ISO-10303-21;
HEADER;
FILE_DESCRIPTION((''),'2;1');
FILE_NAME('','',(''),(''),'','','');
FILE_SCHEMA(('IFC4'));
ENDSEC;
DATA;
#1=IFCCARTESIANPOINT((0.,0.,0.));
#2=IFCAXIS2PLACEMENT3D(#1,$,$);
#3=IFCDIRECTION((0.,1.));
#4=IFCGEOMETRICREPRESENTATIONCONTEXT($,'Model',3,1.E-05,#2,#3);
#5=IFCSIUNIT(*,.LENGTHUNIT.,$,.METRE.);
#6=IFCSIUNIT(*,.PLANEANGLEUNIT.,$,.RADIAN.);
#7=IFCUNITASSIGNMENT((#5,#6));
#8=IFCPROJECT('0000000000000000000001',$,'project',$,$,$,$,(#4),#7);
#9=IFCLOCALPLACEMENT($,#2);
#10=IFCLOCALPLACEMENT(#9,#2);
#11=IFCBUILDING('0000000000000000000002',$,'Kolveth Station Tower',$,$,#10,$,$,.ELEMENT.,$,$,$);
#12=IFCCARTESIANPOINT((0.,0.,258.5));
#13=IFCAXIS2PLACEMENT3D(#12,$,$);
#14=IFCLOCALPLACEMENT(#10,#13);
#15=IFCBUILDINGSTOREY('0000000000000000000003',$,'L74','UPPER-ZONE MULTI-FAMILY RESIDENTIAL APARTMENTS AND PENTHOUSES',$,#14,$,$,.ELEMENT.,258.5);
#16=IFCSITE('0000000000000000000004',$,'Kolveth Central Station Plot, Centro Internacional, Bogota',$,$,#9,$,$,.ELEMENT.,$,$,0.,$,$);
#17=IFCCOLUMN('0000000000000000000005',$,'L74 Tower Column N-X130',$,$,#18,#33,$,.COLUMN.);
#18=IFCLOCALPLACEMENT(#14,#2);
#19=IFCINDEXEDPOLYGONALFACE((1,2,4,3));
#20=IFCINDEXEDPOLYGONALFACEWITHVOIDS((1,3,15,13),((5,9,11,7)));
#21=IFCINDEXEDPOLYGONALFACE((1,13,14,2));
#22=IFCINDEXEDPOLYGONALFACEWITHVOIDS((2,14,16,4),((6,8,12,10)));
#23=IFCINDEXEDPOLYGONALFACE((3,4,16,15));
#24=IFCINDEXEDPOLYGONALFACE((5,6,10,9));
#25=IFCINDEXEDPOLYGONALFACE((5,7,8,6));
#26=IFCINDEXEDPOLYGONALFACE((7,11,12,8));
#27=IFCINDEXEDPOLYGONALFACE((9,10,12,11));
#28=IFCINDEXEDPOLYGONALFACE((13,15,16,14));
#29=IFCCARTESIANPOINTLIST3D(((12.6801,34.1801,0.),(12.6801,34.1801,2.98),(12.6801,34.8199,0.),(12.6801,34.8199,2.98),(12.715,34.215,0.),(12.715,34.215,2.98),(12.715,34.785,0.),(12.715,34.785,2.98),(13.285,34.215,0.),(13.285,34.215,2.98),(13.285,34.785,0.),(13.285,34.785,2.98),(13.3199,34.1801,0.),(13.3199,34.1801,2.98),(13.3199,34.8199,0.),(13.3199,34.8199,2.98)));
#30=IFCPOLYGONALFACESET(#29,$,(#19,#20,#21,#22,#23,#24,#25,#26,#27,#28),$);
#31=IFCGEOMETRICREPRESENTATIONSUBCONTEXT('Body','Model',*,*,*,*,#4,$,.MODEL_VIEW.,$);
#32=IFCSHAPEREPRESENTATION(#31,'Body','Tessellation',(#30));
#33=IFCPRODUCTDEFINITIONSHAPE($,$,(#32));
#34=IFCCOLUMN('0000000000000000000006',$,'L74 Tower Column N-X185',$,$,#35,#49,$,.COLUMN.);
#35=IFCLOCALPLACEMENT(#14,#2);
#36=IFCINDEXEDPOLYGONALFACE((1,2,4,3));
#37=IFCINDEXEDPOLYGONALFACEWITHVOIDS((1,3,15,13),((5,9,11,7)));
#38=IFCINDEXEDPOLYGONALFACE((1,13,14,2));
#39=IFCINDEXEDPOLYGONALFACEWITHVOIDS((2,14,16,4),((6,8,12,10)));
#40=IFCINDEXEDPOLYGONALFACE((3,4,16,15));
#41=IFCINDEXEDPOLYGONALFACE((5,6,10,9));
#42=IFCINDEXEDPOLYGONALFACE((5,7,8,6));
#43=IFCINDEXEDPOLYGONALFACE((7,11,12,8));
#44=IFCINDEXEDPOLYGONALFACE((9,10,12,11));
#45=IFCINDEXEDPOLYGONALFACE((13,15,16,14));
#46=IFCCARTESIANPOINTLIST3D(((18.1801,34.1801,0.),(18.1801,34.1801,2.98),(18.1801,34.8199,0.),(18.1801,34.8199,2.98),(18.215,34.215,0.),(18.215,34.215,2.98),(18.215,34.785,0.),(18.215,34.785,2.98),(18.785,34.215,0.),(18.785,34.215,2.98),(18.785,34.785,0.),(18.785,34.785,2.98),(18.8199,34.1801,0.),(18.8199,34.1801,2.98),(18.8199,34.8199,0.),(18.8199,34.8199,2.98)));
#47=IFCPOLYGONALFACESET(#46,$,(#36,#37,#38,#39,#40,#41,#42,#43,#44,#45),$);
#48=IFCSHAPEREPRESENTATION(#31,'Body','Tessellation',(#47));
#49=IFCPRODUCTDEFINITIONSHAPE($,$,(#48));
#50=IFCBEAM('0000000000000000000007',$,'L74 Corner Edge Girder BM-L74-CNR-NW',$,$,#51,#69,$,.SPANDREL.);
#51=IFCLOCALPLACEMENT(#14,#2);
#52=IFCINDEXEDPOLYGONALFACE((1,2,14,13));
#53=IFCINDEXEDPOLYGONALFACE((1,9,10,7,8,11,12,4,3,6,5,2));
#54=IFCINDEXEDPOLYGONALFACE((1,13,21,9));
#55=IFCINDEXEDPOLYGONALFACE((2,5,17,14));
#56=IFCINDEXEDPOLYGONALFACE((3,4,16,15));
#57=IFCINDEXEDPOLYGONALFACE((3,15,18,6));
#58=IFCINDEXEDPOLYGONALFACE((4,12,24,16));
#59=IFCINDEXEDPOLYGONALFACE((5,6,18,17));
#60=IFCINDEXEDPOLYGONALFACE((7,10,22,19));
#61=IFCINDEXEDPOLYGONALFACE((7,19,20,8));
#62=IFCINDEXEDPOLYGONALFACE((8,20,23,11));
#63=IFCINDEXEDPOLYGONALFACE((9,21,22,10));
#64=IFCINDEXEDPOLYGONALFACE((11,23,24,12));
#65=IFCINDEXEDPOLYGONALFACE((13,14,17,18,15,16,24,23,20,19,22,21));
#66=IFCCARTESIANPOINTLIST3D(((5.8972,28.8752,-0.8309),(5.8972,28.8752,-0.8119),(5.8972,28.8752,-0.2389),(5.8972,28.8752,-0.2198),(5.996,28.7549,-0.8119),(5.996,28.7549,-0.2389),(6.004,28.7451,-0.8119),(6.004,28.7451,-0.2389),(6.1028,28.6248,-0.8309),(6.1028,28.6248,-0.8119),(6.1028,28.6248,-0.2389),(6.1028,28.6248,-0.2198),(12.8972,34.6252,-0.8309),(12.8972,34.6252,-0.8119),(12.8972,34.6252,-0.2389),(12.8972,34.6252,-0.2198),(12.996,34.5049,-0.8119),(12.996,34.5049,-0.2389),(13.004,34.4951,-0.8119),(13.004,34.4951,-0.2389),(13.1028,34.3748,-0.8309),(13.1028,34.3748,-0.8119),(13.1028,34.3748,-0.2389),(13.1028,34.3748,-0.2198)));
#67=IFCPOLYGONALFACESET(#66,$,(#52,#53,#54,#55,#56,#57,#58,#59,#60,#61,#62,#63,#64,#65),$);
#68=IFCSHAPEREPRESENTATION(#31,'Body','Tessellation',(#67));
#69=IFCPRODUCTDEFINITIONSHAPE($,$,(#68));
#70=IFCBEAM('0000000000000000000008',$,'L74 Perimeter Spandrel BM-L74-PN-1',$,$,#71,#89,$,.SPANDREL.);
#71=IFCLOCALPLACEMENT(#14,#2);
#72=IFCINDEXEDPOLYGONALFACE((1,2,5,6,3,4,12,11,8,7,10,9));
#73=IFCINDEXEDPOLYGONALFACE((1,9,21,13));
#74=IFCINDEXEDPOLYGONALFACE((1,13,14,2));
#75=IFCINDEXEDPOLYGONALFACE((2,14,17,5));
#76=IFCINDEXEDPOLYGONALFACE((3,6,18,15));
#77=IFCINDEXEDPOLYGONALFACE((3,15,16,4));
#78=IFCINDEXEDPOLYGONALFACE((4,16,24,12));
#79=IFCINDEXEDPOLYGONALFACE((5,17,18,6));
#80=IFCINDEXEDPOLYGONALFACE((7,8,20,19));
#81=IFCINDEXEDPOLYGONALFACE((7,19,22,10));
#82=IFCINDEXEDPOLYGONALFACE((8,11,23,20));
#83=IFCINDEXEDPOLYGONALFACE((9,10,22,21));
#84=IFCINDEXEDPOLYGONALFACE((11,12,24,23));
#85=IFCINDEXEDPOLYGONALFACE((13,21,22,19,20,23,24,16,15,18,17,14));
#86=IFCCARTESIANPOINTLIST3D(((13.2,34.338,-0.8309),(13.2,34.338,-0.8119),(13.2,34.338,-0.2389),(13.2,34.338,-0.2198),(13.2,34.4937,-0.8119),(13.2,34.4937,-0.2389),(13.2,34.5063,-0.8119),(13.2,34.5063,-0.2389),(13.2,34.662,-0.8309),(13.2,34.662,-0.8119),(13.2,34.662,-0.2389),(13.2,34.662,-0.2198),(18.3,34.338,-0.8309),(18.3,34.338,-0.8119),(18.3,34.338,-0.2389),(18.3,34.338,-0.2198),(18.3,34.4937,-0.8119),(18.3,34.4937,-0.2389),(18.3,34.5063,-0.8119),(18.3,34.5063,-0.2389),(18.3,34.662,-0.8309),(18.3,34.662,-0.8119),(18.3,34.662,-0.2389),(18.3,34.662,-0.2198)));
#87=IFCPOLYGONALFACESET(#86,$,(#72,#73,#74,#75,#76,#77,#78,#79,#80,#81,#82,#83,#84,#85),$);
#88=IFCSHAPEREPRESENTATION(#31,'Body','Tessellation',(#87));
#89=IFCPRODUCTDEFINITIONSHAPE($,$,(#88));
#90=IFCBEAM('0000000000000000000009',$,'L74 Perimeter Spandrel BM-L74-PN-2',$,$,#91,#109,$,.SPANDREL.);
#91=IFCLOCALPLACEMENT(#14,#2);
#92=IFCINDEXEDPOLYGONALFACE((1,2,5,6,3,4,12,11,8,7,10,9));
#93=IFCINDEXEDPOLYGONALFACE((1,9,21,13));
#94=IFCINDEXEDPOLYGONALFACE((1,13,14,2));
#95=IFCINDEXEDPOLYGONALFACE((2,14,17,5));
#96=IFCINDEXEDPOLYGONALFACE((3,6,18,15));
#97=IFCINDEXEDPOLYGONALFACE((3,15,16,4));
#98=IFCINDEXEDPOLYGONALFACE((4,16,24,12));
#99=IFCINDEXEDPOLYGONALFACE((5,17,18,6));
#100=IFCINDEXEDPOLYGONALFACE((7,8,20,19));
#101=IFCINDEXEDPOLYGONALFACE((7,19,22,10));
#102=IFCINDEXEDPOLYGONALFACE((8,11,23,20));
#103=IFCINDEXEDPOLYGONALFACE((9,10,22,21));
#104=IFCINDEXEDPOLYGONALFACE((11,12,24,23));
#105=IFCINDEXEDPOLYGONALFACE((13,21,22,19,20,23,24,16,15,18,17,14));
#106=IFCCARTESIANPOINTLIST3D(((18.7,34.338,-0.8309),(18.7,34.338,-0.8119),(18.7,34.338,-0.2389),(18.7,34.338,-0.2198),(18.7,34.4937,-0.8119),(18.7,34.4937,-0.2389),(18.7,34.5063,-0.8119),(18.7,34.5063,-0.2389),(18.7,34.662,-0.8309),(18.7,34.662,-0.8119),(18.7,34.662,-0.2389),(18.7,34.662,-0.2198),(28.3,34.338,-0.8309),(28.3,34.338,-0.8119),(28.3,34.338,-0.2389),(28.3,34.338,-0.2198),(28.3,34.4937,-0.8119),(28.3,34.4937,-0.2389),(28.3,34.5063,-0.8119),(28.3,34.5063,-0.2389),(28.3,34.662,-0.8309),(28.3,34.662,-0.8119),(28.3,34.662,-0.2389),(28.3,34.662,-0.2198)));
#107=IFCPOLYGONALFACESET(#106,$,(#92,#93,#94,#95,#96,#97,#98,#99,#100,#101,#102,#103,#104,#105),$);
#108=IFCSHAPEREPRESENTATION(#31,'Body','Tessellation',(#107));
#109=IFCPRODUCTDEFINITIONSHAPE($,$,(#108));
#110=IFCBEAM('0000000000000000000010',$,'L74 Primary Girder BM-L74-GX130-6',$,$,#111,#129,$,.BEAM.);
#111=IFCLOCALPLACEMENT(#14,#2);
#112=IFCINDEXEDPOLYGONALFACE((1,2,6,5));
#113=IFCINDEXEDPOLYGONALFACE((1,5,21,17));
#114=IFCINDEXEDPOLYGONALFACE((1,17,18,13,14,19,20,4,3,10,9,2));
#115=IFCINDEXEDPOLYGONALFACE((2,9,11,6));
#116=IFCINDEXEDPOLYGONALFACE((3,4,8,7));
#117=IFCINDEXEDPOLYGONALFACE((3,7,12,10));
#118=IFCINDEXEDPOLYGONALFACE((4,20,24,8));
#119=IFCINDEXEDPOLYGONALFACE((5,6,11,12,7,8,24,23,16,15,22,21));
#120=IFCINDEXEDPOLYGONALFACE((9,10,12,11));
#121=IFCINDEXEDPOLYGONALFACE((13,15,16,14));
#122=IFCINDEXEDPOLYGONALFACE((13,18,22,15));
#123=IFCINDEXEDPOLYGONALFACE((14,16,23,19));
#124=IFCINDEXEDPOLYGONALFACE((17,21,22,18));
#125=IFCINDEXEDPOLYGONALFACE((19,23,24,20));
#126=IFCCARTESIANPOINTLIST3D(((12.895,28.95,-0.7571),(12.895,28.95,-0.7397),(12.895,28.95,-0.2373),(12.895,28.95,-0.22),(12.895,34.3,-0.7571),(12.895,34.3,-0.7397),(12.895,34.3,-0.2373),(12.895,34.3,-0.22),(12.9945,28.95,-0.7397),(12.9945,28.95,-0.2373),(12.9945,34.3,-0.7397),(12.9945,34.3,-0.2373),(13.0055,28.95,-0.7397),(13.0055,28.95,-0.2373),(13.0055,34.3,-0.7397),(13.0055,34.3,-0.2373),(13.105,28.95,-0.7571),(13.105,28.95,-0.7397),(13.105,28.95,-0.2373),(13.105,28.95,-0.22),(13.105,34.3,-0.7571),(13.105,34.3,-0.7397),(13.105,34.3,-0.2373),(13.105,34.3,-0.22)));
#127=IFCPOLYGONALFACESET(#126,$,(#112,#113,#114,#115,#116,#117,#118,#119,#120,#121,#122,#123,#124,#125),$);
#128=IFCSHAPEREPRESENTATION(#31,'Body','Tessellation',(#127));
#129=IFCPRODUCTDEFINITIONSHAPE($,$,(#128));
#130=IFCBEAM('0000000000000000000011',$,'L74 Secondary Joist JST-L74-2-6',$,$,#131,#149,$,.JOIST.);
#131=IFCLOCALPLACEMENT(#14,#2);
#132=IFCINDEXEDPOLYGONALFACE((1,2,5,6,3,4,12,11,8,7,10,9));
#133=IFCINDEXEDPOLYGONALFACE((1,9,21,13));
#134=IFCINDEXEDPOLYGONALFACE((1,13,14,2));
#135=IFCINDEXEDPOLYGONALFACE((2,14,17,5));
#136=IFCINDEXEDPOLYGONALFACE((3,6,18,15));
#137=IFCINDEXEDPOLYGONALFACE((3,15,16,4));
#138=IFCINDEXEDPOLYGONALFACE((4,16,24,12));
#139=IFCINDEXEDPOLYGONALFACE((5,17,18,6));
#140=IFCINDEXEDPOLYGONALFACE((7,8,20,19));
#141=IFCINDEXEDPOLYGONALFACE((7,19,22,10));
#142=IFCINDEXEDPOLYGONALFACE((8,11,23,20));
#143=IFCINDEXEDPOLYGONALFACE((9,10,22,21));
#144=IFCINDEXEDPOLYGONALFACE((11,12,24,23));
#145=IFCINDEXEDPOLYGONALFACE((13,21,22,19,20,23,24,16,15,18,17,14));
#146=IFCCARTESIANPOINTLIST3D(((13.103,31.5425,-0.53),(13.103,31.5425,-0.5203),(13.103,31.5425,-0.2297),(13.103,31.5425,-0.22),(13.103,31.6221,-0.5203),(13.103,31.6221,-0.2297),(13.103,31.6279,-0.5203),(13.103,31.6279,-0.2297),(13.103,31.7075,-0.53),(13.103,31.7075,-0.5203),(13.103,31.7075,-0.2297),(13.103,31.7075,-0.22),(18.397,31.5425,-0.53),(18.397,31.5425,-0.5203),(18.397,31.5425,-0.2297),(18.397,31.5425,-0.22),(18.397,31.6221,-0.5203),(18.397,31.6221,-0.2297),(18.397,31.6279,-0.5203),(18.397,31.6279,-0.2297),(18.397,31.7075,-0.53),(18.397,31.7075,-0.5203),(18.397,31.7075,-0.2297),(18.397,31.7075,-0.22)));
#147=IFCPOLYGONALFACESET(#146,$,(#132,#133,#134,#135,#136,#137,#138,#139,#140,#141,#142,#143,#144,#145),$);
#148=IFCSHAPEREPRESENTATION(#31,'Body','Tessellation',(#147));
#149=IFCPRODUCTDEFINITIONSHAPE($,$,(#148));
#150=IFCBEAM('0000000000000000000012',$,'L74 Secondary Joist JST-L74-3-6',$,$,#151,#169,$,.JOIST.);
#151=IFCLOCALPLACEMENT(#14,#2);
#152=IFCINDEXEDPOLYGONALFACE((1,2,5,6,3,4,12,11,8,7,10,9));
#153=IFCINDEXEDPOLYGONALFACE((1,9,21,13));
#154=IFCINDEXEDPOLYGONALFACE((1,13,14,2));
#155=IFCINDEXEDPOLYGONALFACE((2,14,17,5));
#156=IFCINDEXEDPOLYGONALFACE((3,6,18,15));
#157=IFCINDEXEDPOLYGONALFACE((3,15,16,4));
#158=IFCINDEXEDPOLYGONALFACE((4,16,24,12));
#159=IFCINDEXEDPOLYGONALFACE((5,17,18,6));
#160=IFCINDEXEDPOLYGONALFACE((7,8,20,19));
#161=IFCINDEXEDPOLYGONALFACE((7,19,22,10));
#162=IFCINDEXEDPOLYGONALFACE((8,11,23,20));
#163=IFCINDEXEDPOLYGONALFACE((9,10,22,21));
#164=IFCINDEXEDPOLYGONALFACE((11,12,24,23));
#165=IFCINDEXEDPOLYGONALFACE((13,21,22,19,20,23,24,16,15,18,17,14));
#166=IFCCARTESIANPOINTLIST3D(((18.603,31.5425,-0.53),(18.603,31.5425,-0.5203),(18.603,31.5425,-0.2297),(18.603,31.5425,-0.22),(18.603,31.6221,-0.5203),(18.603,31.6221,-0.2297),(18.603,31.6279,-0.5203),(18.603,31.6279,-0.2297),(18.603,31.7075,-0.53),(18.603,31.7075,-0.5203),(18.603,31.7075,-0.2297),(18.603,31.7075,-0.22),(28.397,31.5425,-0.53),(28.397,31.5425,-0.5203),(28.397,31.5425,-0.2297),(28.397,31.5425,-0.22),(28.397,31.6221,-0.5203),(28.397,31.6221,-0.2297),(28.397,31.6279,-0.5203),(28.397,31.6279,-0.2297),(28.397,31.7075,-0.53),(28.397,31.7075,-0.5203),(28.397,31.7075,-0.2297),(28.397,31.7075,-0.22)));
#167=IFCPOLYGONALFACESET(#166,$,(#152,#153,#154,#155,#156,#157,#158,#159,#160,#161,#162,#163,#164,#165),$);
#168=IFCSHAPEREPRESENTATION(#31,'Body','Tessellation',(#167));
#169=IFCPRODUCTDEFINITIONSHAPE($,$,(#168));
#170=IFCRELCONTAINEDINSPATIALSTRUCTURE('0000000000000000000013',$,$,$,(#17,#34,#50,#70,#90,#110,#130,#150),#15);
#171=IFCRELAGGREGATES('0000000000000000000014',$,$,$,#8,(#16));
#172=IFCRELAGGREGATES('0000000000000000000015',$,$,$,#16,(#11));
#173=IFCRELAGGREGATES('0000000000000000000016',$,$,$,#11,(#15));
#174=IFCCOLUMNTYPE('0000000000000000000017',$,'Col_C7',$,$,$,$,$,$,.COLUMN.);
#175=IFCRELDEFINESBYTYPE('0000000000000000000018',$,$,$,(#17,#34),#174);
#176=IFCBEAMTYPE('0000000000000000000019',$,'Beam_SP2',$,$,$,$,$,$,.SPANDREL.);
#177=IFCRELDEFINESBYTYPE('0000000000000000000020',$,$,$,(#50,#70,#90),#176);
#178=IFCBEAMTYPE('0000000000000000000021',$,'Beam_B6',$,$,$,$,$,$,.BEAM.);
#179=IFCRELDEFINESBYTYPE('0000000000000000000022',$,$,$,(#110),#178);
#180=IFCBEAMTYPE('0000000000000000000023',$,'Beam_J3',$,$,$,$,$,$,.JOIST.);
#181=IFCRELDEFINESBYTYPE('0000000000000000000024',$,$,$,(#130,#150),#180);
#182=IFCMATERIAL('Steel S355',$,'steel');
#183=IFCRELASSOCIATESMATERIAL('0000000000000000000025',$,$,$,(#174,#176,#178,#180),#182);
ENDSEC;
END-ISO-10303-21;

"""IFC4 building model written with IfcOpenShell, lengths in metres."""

from ifc_helpers import new_model, si_unit, direction, frame, origin, origin_2d, place, context, subcontext, project, spatial, hollow_rectangle, i_section, extrude, source, transform, mapped, material, material_profile, profile_set, type_object, element, save


model = new_model("IFC4")

# Units and contexts
model_context = context("Model", 3, precision=1e-05, world=origin(), true_north=direction((0.0, 1.0)))
body_context = subcontext(model_context, "Body", "Model", "MODEL_VIEW")
ifc_project = project(units=[si_unit("LENGTHUNIT", "METRE"), si_unit("PLANEANGLEUNIT", "RADIAN")], contexts=[model_context])

# Site, building, storey
site_placement = place(None, origin())
site = spatial("IfcSite", under=ifc_project, at=site_placement, Name="Kolveth Central Station Plot, Centro Internacional, Bogota", CompositionType="ELEMENT", RefElevation=0.0)
building_placement = place(site_placement, origin())
building = spatial("IfcBuilding", under=site, at=building_placement, Name="Kolveth Station Tower", CompositionType="ELEMENT")
storey_placement = place(building_placement, frame((0.0, 0.0, 258.5)))
storey = spatial("IfcBuildingStorey", under=building, at=storey_placement, Name="L74", Description="UPPER-ZONE MULTI-FAMILY RESIDENTIAL APARTMENTS AND PENTHOUSES", CompositionType="ELEMENT", Elevation=258.5)

# Columns
ifc_material_1 = material(Name="Steel S355", Category="steel")
ifc_material_profile_1 = material_profile(ifc_material_1, hollow_rectangle(XDim=0.6399, YDim=0.6399, WallThickness=0.0349, at=origin_2d()), Name="BOX640x640x35")
ifc_profile_set_1 = profile_set([ifc_material_profile_1], Name="Steel S355")
column_type = type_object("IfcColumnType", Name="Col_C7", PredefinedType="COLUMN", material=ifc_profile_set_1)
shared_shape_1 = source(origin(), body_context, "Body", "SweptSolid", [
    extrude(hollow_rectangle(XDim=0.6399, YDim=0.6399, WallThickness=0.0349, at=origin_2d()), origin(), (0.0, 0.0, 1.0), 2.98),
])
for number, where, z_axis, x_axis, name in (
    (1, (13.0, 34.5, 0.0), (0.0, 0.0, 1.0), (1.0, 0.0, 0.0), "L74 Tower Column N-X130"),
    (2, (18.5, 34.5, 0.0), (0.0, 0.0, 1.0), (1.0, 0.0, 0.0), "L74 Tower Column N-X185"),
):
    element("IfcColumn", number, at=place(storey_placement, frame(where, z_axis=z_axis, x_axis=x_axis)), inside=storey, type_object=column_type, Name=name, PredefinedType="COLUMN", context=body_context, shape_type="MappedRepresentation", body=[
        mapped(shared_shape_1, transform((0.0, 0.0, 0.0), x_axis=(1.0, 0.0, 0.0), y_axis=(0.0, 1.0, 0.0), z_axis=(0.0, 0.0, 1.0), scale=1.0)),
    ])

# Beams
ifc_material_profile_2 = material_profile(ifc_material_1, i_section(OverallWidth=0.324, OverallDepth=0.6111, WebThickness=0.0127, FlangeThickness=0.019, at=origin_2d()), Name="W610x155")
ifc_profile_set_2 = profile_set([ifc_material_profile_2], Name="Steel S355")
beam_type_1 = type_object("IfcBeamType", Name="Beam_SP2", PredefinedType="SPANDREL", material=ifc_profile_set_2)
shared_shape_2 = source(origin(), body_context, "Body", "SweptSolid", [
    extrude(i_section(OverallWidth=0.324, OverallDepth=0.6111, WebThickness=0.0127, FlangeThickness=0.019, at=origin_2d()), origin(), (0.0, 0.0, 1.0), 9.0588),
])
beam_1_placement = place(storey_placement, frame((13.0, 34.5, -0.5254), z_axis=(-0.772726, -0.634739, 0.0), x_axis=(0.634739, -0.772726, 0.0)))
element("IfcBeam", 3, at=beam_1_placement, inside=storey, type_object=beam_type_1, Name="L74 Corner Edge Girder BM-L74-CNR-NW", PredefinedType="SPANDREL", context=body_context, shape_type="MappedRepresentation", body=[
    mapped(shared_shape_2, transform((0.0, 0.0, 0.0), x_axis=(1.0, 0.0, 0.0), y_axis=(0.0, 1.0, 0.0), z_axis=(0.0, 0.0, 1.0), scale=1.0)),
])
shared_shape_3 = source(origin(), body_context, "Body", "SweptSolid", [
    extrude(i_section(OverallWidth=0.324, OverallDepth=0.6111, WebThickness=0.0127, FlangeThickness=0.019, at=origin_2d()), origin(), (0.0, 0.0, 1.0), 5.1001),
])
beam_2_placement = place(storey_placement, frame((13.2, 34.5, -0.5254), z_axis=(1.0, 0.0, 0.0), x_axis=(0.0, 1.0, 0.0)))
element("IfcBeam", 4, at=beam_2_placement, inside=storey, type_object=beam_type_1, Name="L74 Perimeter Spandrel BM-L74-PN-1", PredefinedType="SPANDREL", context=body_context, shape_type="MappedRepresentation", body=[
    mapped(shared_shape_3, transform((0.0, 0.0, 0.0), x_axis=(1.0, 0.0, 0.0), y_axis=(0.0, 1.0, 0.0), z_axis=(0.0, 0.0, 1.0), scale=1.0)),
])
shared_shape_4 = source(origin(), body_context, "Body", "SweptSolid", [
    extrude(i_section(OverallWidth=0.324, OverallDepth=0.6111, WebThickness=0.0127, FlangeThickness=0.019, at=origin_2d()), origin(), (0.0, 0.0, 1.0), 9.6001),
])
beam_3_placement = place(storey_placement, frame((18.7, 34.5, -0.5254), z_axis=(1.0, 0.0, 0.0), x_axis=(0.0, 1.0, 0.0)))
element("IfcBeam", 5, at=beam_3_placement, inside=storey, type_object=beam_type_1, Name="L74 Perimeter Spandrel BM-L74-PN-2", PredefinedType="SPANDREL", context=body_context, shape_type="MappedRepresentation", body=[
    mapped(shared_shape_4, transform((0.0, 0.0, 0.0), x_axis=(1.0, 0.0, 0.0), y_axis=(0.0, 1.0, 0.0), z_axis=(0.0, 0.0, 1.0), scale=1.0)),
])
ifc_material_profile_3 = material_profile(ifc_material_1, i_section(OverallWidth=0.21, OverallDepth=0.5371, WebThickness=0.011, FlangeThickness=0.0173, at=origin_2d()), Name="W530x101")
ifc_profile_set_3 = profile_set([ifc_material_profile_3], Name="Steel S355")
beam_type_2 = type_object("IfcBeamType", Name="Beam_B6", PredefinedType="BEAM", material=ifc_profile_set_3)
shared_shape_5 = source(origin(), body_context, "Body", "SweptSolid", [
    extrude(i_section(OverallWidth=0.21, OverallDepth=0.5371, WebThickness=0.011, FlangeThickness=0.0173, at=origin_2d()), origin(), (0.0, 0.0, 1.0), 5.3501),
])
beam_4_placement = place(storey_placement, frame((13.0, 28.95, -0.4885), z_axis=(0.0, 1.0, 0.0), x_axis=(-1.0, 0.0, 0.0)))
element("IfcBeam", 6, at=beam_4_placement, inside=storey, type_object=beam_type_2, Name="L74 Primary Girder BM-L74-GX130-6", PredefinedType="BEAM", context=body_context, shape_type="MappedRepresentation", body=[
    mapped(shared_shape_5, transform((0.0, 0.0, 0.0), x_axis=(1.0, 0.0, 0.0), y_axis=(0.0, 1.0, 0.0), z_axis=(0.0, 0.0, 1.0), scale=1.0)),
])
ifc_material_profile_4 = material_profile(ifc_material_1, i_section(OverallWidth=0.165, OverallDepth=0.3101, WebThickness=0.0059, FlangeThickness=0.0098, at=origin_2d()), Name="W310x39")
ifc_profile_set_4 = profile_set([ifc_material_profile_4], Name="Steel S355")
beam_type_3 = type_object("IfcBeamType", Name="Beam_J3", PredefinedType="JOIST", material=ifc_profile_set_4)
shared_shape_6 = source(origin(), body_context, "Body", "SweptSolid", [
    extrude(i_section(OverallWidth=0.165, OverallDepth=0.3101, WebThickness=0.0059, FlangeThickness=0.0098, at=origin_2d()), origin(), (0.0, 0.0, 1.0), 5.2939),
])
beam_5_placement = place(storey_placement, frame((13.103, 31.625, -0.375), z_axis=(1.0, 0.0, 0.0), x_axis=(0.0, 1.0, 0.0)))
element("IfcBeam", 7, at=beam_5_placement, inside=storey, type_object=beam_type_3, Name="L74 Secondary Joist JST-L74-2-6", PredefinedType="JOIST", context=body_context, shape_type="MappedRepresentation", body=[
    mapped(shared_shape_6, transform((0.0, 0.0, 0.0), x_axis=(1.0, 0.0, 0.0), y_axis=(0.0, 1.0, 0.0), z_axis=(0.0, 0.0, 1.0), scale=1.0)),
])
shared_shape_7 = source(origin(), body_context, "Body", "SweptSolid", [
    extrude(i_section(OverallWidth=0.165, OverallDepth=0.3101, WebThickness=0.0059, FlangeThickness=0.0098, at=origin_2d()), origin(), (0.0, 0.0, 1.0), 9.7939),
])
beam_6_placement = place(storey_placement, frame((18.603, 31.625, -0.375), z_axis=(1.0, 0.0, 0.0), x_axis=(0.0, 1.0, 0.0)))
element("IfcBeam", 8, at=beam_6_placement, inside=storey, type_object=beam_type_3, Name="L74 Secondary Joist JST-L74-3-6", PredefinedType="JOIST", context=body_context, shape_type="MappedRepresentation", body=[
    mapped(shared_shape_7, transform((0.0, 0.0, 0.0), x_axis=(1.0, 0.0, 0.0), y_axis=(0.0, 1.0, 0.0), z_axis=(0.0, 0.0, 1.0), scale=1.0)),
])

save(model, "model.ifc")
